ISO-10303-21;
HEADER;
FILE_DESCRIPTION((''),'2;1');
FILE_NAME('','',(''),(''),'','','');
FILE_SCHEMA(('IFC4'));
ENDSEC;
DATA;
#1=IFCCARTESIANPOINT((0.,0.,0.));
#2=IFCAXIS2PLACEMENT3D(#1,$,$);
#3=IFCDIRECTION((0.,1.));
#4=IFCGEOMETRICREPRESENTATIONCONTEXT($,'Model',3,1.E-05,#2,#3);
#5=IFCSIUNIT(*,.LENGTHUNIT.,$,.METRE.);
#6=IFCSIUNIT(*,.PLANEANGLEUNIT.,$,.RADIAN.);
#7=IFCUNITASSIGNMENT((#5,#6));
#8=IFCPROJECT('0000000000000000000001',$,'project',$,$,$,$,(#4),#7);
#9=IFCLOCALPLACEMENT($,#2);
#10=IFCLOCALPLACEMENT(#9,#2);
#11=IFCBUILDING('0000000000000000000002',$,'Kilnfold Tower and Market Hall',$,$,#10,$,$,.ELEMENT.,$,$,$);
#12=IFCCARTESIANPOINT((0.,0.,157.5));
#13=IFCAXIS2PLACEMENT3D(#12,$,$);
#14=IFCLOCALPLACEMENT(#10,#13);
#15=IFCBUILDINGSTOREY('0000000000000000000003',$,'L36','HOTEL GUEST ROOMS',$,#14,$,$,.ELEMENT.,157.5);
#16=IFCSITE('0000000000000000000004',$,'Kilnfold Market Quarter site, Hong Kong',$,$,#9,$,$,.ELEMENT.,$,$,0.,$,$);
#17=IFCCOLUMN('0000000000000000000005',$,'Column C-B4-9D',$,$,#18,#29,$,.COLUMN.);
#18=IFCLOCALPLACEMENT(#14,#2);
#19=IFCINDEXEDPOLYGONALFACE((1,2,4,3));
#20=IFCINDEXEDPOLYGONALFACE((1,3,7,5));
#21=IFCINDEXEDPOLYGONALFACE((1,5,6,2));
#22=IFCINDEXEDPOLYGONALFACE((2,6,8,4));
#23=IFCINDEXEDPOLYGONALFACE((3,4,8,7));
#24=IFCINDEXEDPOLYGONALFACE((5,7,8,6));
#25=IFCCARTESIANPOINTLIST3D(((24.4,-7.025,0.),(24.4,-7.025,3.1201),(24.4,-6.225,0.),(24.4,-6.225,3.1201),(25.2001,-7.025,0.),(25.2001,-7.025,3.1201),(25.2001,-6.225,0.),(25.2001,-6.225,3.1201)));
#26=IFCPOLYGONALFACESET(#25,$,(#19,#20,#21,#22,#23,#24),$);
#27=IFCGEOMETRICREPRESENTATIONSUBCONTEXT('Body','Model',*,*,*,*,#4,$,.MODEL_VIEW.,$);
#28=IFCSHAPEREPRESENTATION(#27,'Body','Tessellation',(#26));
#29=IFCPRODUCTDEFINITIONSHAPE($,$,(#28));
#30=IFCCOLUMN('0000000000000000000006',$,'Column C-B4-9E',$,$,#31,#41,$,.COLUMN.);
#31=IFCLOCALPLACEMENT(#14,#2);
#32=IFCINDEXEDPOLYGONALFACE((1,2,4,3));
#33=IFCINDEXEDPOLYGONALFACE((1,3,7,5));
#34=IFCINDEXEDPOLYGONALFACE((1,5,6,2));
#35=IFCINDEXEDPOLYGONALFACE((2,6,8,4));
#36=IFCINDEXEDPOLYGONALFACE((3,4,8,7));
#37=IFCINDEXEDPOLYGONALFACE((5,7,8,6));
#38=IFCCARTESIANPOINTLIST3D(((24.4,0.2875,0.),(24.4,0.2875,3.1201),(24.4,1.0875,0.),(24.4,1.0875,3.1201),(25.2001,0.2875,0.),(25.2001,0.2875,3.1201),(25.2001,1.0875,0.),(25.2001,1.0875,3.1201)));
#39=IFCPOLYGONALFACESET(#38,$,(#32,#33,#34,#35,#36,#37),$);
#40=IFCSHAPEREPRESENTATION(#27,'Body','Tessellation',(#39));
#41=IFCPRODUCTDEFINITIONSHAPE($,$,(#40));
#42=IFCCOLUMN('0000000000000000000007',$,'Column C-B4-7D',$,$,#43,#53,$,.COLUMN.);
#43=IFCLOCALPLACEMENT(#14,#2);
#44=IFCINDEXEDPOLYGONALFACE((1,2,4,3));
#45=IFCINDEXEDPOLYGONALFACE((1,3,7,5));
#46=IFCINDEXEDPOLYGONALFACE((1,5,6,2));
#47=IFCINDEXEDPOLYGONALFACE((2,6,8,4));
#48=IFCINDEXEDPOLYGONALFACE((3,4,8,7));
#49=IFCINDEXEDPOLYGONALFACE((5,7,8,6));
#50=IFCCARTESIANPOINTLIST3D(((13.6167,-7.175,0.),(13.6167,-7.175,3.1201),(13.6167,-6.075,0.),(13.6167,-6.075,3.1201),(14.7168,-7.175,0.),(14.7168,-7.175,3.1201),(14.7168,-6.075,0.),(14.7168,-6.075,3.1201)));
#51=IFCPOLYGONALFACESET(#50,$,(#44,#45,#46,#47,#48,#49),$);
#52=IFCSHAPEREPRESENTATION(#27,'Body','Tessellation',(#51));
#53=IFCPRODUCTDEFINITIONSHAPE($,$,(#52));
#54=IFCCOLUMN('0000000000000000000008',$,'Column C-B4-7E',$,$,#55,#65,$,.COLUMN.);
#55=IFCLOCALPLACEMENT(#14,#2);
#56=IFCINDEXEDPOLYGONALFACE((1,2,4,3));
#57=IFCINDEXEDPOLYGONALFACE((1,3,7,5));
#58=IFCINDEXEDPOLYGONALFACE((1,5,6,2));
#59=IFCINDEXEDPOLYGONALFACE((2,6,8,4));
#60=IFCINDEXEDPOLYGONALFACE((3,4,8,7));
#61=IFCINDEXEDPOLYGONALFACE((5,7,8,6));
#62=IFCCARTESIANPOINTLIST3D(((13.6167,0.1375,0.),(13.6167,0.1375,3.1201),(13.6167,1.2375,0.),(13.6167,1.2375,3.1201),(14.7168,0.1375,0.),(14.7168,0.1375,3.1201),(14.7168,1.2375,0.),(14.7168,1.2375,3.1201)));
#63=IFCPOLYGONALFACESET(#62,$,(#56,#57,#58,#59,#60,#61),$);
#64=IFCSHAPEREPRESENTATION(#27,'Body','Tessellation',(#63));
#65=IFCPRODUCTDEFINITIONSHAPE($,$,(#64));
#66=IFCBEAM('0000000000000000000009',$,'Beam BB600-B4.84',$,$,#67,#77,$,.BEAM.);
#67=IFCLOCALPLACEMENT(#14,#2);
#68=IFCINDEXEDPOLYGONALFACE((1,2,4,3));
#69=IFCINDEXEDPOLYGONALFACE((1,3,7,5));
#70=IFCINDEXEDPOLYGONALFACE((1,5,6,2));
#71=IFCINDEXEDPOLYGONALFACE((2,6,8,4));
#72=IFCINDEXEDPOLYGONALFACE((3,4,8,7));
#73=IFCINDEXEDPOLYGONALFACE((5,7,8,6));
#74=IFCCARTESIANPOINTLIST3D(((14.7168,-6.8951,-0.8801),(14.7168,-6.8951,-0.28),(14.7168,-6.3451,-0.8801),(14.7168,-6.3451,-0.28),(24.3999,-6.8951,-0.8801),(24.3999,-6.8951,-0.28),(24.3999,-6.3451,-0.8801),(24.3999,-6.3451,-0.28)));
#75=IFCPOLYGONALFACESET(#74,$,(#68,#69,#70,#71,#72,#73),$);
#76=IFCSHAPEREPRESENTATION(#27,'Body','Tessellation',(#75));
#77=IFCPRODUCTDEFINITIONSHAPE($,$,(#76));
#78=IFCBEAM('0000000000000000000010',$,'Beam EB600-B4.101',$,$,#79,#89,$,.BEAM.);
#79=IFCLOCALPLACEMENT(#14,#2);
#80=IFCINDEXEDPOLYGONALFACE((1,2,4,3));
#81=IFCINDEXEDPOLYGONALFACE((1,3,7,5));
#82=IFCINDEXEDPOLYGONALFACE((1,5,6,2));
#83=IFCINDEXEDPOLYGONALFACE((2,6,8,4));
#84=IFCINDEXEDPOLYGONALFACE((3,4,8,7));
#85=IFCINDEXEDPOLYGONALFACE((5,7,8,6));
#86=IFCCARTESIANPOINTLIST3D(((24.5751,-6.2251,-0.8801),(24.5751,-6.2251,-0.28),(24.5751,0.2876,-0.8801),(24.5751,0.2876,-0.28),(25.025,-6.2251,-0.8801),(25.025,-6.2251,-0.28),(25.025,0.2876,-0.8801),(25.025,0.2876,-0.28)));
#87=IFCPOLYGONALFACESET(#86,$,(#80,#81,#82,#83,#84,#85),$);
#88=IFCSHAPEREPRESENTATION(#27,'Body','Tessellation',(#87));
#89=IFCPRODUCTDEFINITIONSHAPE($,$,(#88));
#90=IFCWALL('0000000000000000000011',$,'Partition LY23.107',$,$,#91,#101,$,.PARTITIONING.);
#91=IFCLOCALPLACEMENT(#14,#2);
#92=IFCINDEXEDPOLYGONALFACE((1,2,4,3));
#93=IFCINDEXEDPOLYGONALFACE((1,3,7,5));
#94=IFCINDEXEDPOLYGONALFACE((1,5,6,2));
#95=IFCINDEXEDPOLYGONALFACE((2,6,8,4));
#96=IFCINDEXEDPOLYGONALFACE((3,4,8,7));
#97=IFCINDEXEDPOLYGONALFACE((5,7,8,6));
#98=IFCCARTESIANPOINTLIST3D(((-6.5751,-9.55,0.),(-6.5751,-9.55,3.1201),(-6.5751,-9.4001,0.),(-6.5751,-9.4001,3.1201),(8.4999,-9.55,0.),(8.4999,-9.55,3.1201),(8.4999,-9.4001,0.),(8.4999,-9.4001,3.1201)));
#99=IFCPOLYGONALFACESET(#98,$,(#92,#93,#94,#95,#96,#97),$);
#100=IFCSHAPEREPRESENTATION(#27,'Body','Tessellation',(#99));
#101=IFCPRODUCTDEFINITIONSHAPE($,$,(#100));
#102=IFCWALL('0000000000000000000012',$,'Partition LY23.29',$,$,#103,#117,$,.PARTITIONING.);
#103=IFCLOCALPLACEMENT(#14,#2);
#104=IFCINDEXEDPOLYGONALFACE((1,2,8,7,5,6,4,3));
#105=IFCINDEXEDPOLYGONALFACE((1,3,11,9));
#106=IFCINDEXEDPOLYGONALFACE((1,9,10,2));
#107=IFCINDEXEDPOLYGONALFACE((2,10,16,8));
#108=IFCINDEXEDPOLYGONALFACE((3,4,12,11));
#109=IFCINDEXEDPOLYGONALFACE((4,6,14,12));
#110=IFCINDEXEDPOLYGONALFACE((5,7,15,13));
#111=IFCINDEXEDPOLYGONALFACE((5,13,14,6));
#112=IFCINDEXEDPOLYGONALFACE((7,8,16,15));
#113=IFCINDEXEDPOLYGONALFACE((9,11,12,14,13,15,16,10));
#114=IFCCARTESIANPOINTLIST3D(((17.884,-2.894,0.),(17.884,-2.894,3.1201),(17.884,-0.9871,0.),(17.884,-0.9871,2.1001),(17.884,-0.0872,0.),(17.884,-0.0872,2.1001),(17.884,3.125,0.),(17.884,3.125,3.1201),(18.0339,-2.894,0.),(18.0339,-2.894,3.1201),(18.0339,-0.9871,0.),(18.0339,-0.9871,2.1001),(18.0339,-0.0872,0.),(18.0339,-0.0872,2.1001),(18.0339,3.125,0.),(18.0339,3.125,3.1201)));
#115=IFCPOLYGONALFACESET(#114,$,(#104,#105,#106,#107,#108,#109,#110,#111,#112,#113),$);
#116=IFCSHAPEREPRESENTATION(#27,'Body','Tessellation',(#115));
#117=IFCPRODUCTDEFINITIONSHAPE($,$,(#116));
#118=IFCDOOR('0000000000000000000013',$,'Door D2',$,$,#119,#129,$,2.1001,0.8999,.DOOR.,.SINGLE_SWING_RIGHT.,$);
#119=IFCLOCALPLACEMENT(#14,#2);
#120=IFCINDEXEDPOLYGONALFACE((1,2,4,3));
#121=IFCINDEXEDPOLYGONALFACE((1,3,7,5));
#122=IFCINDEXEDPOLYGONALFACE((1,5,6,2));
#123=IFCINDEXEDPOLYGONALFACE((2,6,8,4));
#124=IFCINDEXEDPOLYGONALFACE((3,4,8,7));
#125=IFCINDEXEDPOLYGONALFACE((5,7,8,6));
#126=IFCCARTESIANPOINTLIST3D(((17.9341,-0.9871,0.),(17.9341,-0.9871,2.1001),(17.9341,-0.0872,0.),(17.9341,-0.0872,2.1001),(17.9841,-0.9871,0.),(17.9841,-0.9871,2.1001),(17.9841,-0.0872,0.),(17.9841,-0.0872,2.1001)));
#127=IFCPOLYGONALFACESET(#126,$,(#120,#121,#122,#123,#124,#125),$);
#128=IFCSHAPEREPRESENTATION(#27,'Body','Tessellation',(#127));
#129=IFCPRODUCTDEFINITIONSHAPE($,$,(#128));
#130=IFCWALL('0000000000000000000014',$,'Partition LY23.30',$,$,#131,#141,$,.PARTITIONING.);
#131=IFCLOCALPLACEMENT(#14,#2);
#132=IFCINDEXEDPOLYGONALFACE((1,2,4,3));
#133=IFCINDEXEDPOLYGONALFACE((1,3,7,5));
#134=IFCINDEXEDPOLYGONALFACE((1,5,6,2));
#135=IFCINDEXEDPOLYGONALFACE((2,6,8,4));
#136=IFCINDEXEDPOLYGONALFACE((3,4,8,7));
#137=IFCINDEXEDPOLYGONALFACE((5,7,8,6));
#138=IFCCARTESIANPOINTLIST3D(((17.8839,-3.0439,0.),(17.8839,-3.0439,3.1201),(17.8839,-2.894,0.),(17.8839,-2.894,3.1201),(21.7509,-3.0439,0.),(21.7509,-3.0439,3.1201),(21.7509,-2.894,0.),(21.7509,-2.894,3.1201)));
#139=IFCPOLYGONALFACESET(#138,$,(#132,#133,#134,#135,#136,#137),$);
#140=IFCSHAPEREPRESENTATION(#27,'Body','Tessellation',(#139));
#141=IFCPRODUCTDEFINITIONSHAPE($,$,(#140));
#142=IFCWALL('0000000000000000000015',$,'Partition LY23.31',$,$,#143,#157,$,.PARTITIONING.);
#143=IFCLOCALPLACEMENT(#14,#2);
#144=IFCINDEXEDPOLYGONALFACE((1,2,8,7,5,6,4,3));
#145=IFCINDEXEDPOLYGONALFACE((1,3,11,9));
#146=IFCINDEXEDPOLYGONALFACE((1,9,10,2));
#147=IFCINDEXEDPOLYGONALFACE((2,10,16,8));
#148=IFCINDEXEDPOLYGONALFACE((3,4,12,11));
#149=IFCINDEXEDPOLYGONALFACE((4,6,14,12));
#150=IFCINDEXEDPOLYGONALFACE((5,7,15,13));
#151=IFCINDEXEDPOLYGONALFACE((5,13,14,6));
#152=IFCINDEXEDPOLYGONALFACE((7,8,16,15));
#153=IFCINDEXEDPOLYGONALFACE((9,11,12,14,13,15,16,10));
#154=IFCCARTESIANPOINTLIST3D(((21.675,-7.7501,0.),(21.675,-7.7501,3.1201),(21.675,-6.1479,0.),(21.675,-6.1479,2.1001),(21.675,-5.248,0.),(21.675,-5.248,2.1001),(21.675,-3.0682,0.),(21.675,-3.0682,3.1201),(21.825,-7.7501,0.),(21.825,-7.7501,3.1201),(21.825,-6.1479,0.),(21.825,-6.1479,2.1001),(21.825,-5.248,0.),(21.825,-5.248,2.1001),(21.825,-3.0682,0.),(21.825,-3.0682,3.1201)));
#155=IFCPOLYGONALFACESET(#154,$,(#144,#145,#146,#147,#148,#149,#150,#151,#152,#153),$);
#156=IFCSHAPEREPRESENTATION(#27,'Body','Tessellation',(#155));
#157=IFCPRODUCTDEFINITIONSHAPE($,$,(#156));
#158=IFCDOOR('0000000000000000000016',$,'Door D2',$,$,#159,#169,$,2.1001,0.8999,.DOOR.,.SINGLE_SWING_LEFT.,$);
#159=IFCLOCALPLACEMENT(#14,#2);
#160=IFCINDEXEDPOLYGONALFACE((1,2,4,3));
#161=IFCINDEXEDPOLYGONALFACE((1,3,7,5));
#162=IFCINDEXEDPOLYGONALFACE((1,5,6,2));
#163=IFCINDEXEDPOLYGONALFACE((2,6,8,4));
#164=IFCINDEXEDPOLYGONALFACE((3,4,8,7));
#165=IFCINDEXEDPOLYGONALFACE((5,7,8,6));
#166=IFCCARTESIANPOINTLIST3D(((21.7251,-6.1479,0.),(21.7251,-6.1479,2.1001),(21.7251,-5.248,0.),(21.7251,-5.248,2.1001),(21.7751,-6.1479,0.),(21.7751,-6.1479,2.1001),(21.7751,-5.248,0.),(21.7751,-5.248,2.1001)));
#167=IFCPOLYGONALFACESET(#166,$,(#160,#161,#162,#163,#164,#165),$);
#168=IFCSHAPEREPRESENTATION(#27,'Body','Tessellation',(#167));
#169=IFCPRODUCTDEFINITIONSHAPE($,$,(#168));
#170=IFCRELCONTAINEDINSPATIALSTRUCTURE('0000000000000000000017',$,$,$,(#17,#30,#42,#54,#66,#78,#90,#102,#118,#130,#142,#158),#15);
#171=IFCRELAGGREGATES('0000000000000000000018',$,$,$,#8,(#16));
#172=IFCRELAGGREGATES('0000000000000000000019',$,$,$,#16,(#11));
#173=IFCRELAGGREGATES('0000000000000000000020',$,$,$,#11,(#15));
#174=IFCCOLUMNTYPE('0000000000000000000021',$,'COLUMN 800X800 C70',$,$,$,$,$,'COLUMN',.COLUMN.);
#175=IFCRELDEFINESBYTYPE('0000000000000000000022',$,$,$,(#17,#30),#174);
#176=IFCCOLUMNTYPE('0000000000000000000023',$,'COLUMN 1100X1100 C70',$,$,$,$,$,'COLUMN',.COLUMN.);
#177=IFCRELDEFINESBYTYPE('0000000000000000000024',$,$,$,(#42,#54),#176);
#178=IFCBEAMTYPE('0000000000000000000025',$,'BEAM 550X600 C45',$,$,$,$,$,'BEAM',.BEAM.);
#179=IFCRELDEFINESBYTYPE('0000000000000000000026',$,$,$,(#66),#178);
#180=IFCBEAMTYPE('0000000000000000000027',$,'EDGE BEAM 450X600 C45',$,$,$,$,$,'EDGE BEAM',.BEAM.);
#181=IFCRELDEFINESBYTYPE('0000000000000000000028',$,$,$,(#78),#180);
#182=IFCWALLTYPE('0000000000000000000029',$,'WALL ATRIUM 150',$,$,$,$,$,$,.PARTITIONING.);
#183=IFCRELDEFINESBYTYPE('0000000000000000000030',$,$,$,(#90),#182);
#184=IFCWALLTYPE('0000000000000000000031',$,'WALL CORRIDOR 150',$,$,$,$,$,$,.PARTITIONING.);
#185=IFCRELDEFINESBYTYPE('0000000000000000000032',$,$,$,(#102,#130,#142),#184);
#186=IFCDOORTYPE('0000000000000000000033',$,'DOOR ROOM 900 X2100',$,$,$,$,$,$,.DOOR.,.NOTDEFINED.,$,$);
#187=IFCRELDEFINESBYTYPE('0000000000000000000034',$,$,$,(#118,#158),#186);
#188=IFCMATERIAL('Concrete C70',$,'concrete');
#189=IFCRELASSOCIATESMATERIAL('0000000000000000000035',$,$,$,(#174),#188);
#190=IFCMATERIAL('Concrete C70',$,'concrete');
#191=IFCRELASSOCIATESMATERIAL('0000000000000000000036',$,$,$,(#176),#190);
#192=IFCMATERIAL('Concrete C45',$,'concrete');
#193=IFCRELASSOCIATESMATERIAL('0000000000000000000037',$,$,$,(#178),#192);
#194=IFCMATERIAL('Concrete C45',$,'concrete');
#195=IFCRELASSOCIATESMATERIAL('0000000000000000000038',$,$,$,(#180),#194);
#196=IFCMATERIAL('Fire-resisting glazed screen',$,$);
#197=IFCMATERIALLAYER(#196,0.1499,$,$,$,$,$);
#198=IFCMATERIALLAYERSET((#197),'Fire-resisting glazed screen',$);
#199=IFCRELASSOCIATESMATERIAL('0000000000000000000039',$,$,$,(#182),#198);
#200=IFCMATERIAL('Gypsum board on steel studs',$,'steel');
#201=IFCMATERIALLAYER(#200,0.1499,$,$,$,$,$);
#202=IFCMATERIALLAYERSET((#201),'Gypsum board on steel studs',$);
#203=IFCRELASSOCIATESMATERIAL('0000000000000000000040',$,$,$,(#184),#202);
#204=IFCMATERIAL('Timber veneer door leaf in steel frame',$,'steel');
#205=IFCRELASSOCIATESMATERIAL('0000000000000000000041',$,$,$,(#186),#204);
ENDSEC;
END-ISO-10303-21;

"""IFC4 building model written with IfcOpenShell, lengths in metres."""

from ifc_helpers import new_model, si_unit, direction, frame, frame_2d, origin, origin_2d, place, context, subcontext, project, spatial, rectangle, extrude, source, transform, mapped, material, layer, layer_set, material_profile, profile_set, type_object, element, fill, save


model = new_model("IFC4")

# Units and contexts
model_context = context("Model", 3, precision=1e-05, world=origin(), true_north=direction((0.0, 1.0)))
body_context = subcontext(model_context, "Body", "Model", "MODEL_VIEW")
ifc_project = project(units=[si_unit("LENGTHUNIT", "METRE"), si_unit("PLANEANGLEUNIT", "RADIAN")], contexts=[model_context])

# Site, building, storey
site_placement = place(None, origin())
site = spatial("IfcSite", under=ifc_project, at=site_placement, Name="Kilnfold Market Quarter site, Hong Kong", CompositionType="ELEMENT", RefElevation=0.0)
building_placement = place(site_placement, origin())
building = spatial("IfcBuilding", under=site, at=building_placement, Name="Kilnfold Tower and Market Hall", CompositionType="ELEMENT")
storey_placement = place(building_placement, frame((0.0, 0.0, 157.5)))
storey = spatial("IfcBuildingStorey", under=building, at=storey_placement, Name="L36", Description="HOTEL GUEST ROOMS", CompositionType="ELEMENT", Elevation=157.5)

# Columns
ifc_material_1 = material(Name="Concrete C70", Category="concrete")
ifc_material_profile_1 = material_profile(ifc_material_1, rectangle(XDim=0.8, YDim=0.8, at=origin_2d()), Name="RC 800x800")
ifc_profile_set_1 = profile_set([ifc_material_profile_1], Name="Concrete C70")
column_type_1 = type_object("IfcColumnType", Name="COLUMN 800X800 C70", ElementType="COLUMN", PredefinedType="COLUMN", material=ifc_profile_set_1)
shared_shape_1 = source(origin(), body_context, "Body", "SweptSolid", [
    extrude(rectangle(XDim=0.8, YDim=0.8, at=origin_2d()), origin(), (0.0, 0.0, 1.0), 3.1201),
])
for number, where, z_axis, x_axis, name in (
    (1, (24.8, -6.625, 0.0), (0.0, 0.0, 1.0), (1.0, 0.0, 0.0), "Column C-B4-9D"),
    (2, (24.8, 0.6875, 0.0), (0.0, 0.0, 1.0), (1.0, 0.0, 0.0), "Column C-B4-9E"),
):
    element("IfcColumn", number, at=place(storey_placement, frame(where, z_axis=z_axis, x_axis=x_axis)), inside=storey, type_object=column_type_1, Name=name, PredefinedType="COLUMN", context=body_context, shape_type="MappedRepresentation", body=[
        mapped(shared_shape_1, transform((0.0, 0.0, 0.0))),
    ])
ifc_material_2 = material(Name="Concrete C70", Category="concrete")
ifc_material_profile_2 = material_profile(ifc_material_2, rectangle(XDim=1.1001, YDim=1.1001, at=origin_2d()), Name="RC 1100x1100")
ifc_profile_set_2 = profile_set([ifc_material_profile_2], Name="Concrete C70")
column_type_2 = type_object("IfcColumnType", Name="COLUMN 1100X1100 C70", ElementType="COLUMN", PredefinedType="COLUMN", material=ifc_profile_set_2)
shared_shape_2 = source(origin(), body_context, "Body", "SweptSolid", [
    extrude(rectangle(XDim=1.1001, YDim=1.1001, at=origin_2d()), origin(), (0.0, 0.0, 1.0), 3.1201),
])
for number, where, z_axis, x_axis, name in (
    (3, (14.1667, -6.625, 0.0), (0.0, 0.0, 1.0), (1.0, 0.0, 0.0), "Column C-B4-7D"),
    (4, (14.1667, 0.6875, 0.0), (0.0, 0.0, 1.0), (1.0, 0.0, 0.0), "Column C-B4-7E"),
):
    element("IfcColumn", number, at=place(storey_placement, frame(where, z_axis=z_axis, x_axis=x_axis)), inside=storey, type_object=column_type_2, Name=name, PredefinedType="COLUMN", context=body_context, shape_type="MappedRepresentation", body=[
        mapped(shared_shape_2, transform((0.0, 0.0, 0.0))),
    ])

# Beams
ifc_material_3 = material(Name="Concrete C45", Category="concrete")
ifc_material_profile_3 = material_profile(ifc_material_3, rectangle(XDim=0.55, YDim=0.6001, at=origin_2d()), Name="RC 550x600")
ifc_profile_set_3 = profile_set([ifc_material_profile_3], Name="Concrete C45")
beam_type_1 = type_object("IfcBeamType", Name="BEAM 550X600 C45", ElementType="BEAM", PredefinedType="BEAM", material=ifc_profile_set_3)
shared_shape_3 = source(origin(), body_context, "Body", "SweptSolid", [
    extrude(rectangle(XDim=0.55, YDim=0.6001, at=origin_2d()), origin(), (0.0, 0.0, 1.0), 9.6831),
])
beam_1_placement = place(storey_placement, frame((14.7168, -6.6201, -0.5801), z_axis=(1.0, 0.0, 0.0), x_axis=(0.0, 1.0, 0.0)))
element("IfcBeam", 5, at=beam_1_placement, inside=storey, type_object=beam_type_1, Name="Beam BB600-B4.84", PredefinedType="BEAM", context=body_context, shape_type="MappedRepresentation", body=[
    mapped(shared_shape_3, transform((0.0, 0.0, 0.0))),
])
ifc_material_4 = material(Name="Concrete C45", Category="concrete")
ifc_material_profile_4 = material_profile(ifc_material_4, rectangle(XDim=0.45, YDim=0.6001, at=origin_2d()), Name="RC 450x600")
ifc_profile_set_4 = profile_set([ifc_material_profile_4], Name="Concrete C45")
beam_type_2 = type_object("IfcBeamType", Name="EDGE BEAM 450X600 C45", ElementType="EDGE BEAM", PredefinedType="BEAM", material=ifc_profile_set_4)
shared_shape_4 = source(origin(), body_context, "Body", "SweptSolid", [
    extrude(rectangle(XDim=0.45, YDim=0.6001, at=origin_2d()), origin(), (0.0, 0.0, 1.0), 6.5127),
])
beam_2_placement = place(storey_placement, frame((24.8, -6.2251, -0.5801), z_axis=(0.0, 1.0, 0.0), x_axis=(-1.0, 0.0, 0.0)))
element("IfcBeam", 6, at=beam_2_placement, inside=storey, type_object=beam_type_2, Name="Beam EB600-B4.101", PredefinedType="BEAM", context=body_context, shape_type="MappedRepresentation", body=[
    mapped(shared_shape_4, transform((0.0, 0.0, 0.0))),
])

# Wall
ifc_material_5 = material(Name="Fire-resisting glazed screen")
ifc_layer_1 = layer(ifc_material_5, 0.1499)
ifc_layer_set_1 = layer_set([ifc_layer_1], Name="Fire-resisting glazed screen")
wall_type_1 = type_object("IfcWallType", Name="WALL ATRIUM 150", PredefinedType="PARTITIONING", material=ifc_layer_set_1)
wall_1_placement = place(storey_placement, frame((8.5, -9.4751, 0.0), z_axis=(0.0, 0.0, 1.0), x_axis=(-1.0, 0.0, 0.0)))
element("IfcWall", 7, at=wall_1_placement, inside=storey, type_object=wall_type_1, Name="Partition LY23.107", PredefinedType="PARTITIONING", context=body_context, shape_type="SweptSolid", body=[
    extrude(rectangle(XDim=15.075, YDim=0.1499, at=frame_2d((7.5376, 0.0))), origin(), (0.0, 0.0, 1.0), 3.1201),
])

# Wall, opening, door
ifc_material_6 = material(Name="Gypsum board on steel studs", Category="steel")
ifc_layer_2 = layer(ifc_material_6, 0.1499)
ifc_layer_set_2 = layer_set([ifc_layer_2], Name="Gypsum board on steel studs")
wall_type_2 = type_object("IfcWallType", Name="WALL CORRIDOR 150", PredefinedType="PARTITIONING", material=ifc_layer_set_2)
wall_2_placement = place(storey_placement, frame((17.959, -2.894, 0.0), z_axis=(0.0, 0.0, 1.0), x_axis=(0.0, 1.0, 0.0)))
wall_2 = element("IfcWall", 8, at=wall_2_placement, inside=storey, type_object=wall_type_2, Name="Partition LY23.29", PredefinedType="PARTITIONING", context=body_context, shape_type="SweptSolid", body=[
    extrude(rectangle(XDim=6.019, YDim=0.1499, at=frame_2d((3.0095, 0.0))), origin(), (0.0, 0.0, 1.0), 3.1201),
])
opening_1_placement = place(wall_2_placement, frame((1.907, 0.0, 0.0)))
opening_1 = element("IfcOpeningElement", 9, at=opening_1_placement, cuts=wall_2, PredefinedType="OPENING", context=body_context, shape_type="SweptSolid", body=[
    extrude(rectangle(XDim=0.8999, YDim=2.1001, at=frame_2d((0.45, 1.05))), frame((0.0, 0.085, 0.0), z_axis=(0.0, -1.0, 0.0), x_axis=(1.0, 0.0, 0.0)), (0.0, 0.0, 1.0), 0.1699),
])
ifc_material_7 = material(Name="Timber veneer door leaf in steel frame", Category="steel")
door_type_1 = type_object("IfcDoorType", Name="DOOR ROOM 900 X2100", OperationType="NOTDEFINED", PredefinedType="DOOR", material=ifc_material_7)
door_1_placement = place(opening_1_placement, origin())
door_1 = element("IfcDoor", 10, at=door_1_placement, inside=storey, type_object=door_type_1, Name="Door D2", OperationType="SINGLE_SWING_RIGHT", OverallHeight=2.1001, OverallWidth=0.8999, PredefinedType="DOOR", context=body_context, shape_type="SweptSolid", body=[
    extrude(rectangle(XDim=0.8999, YDim=2.1001, at=frame_2d((0.45, 1.05))), frame((0.0, 0.0249, 0.0), z_axis=(0.0, -1.0, 0.0), x_axis=(1.0, 0.0, 0.0)), (0.0, 0.0, 1.0), 0.05),
])
fill(opening_1, door_1)

# Wall
wall_3_placement = place(storey_placement, frame((21.751, -2.969, 0.0), z_axis=(0.0, 0.0, 1.0), x_axis=(-1.0, 0.0, 0.0)))
element("IfcWall", 11, at=wall_3_placement, inside=storey, type_object=wall_type_2, Name="Partition LY23.30", PredefinedType="PARTITIONING", context=body_context, shape_type="SweptSolid", body=[
    extrude(rectangle(XDim=3.8669, YDim=0.1499, at=frame_2d((1.9336, 0.0))), origin(), (0.0, 0.0, 1.0), 3.1201),
])

# Wall, opening, door
wall_4_placement = place(storey_placement, frame((21.75, -7.75, 0.0), z_axis=(0.0, 0.0, 1.0), x_axis=(0.0, 1.0, 0.0)))
wall_4 = element("IfcWall", 12, at=wall_4_placement, inside=storey, type_object=wall_type_2, Name="Partition LY23.31", PredefinedType="PARTITIONING", context=body_context, shape_type="SweptSolid", body=[
    extrude(rectangle(XDim=4.6819, YDim=0.1499, at=frame_2d((2.3408, 0.0))), origin(), (0.0, 0.0, 1.0), 3.1201),
])
opening_2_placement = place(wall_4_placement, frame((1.6021, 0.0, 0.0)))
opening_2 = element("IfcOpeningElement", 13, at=opening_2_placement, cuts=wall_4, PredefinedType="OPENING", context=body_context, shape_type="SweptSolid", body=[
    extrude(rectangle(XDim=0.8999, YDim=2.1001, at=frame_2d((0.45, 1.05))), frame((0.0, 0.085, 0.0), z_axis=(0.0, -1.0, 0.0), x_axis=(1.0, 0.0, 0.0)), (0.0, 0.0, 1.0), 0.1699),
])
door_2_placement = place(opening_2_placement, origin())
door_2 = element("IfcDoor", 14, at=door_2_placement, inside=storey, type_object=door_type_1, Name="Door D2", OperationType="SINGLE_SWING_LEFT", OverallHeight=2.1001, OverallWidth=0.8999, PredefinedType="DOOR", context=body_context, shape_type="SweptSolid", body=[
    extrude(rectangle(XDim=0.8999, YDim=2.1001, at=frame_2d((0.45, 1.05))), frame((0.0, 0.0249, 0.0), z_axis=(0.0, -1.0, 0.0), x_axis=(1.0, 0.0, 0.0)), (0.0, 0.0, 1.0), 0.05),
])
fill(opening_2, door_2)

save(model, "model.ifc")
